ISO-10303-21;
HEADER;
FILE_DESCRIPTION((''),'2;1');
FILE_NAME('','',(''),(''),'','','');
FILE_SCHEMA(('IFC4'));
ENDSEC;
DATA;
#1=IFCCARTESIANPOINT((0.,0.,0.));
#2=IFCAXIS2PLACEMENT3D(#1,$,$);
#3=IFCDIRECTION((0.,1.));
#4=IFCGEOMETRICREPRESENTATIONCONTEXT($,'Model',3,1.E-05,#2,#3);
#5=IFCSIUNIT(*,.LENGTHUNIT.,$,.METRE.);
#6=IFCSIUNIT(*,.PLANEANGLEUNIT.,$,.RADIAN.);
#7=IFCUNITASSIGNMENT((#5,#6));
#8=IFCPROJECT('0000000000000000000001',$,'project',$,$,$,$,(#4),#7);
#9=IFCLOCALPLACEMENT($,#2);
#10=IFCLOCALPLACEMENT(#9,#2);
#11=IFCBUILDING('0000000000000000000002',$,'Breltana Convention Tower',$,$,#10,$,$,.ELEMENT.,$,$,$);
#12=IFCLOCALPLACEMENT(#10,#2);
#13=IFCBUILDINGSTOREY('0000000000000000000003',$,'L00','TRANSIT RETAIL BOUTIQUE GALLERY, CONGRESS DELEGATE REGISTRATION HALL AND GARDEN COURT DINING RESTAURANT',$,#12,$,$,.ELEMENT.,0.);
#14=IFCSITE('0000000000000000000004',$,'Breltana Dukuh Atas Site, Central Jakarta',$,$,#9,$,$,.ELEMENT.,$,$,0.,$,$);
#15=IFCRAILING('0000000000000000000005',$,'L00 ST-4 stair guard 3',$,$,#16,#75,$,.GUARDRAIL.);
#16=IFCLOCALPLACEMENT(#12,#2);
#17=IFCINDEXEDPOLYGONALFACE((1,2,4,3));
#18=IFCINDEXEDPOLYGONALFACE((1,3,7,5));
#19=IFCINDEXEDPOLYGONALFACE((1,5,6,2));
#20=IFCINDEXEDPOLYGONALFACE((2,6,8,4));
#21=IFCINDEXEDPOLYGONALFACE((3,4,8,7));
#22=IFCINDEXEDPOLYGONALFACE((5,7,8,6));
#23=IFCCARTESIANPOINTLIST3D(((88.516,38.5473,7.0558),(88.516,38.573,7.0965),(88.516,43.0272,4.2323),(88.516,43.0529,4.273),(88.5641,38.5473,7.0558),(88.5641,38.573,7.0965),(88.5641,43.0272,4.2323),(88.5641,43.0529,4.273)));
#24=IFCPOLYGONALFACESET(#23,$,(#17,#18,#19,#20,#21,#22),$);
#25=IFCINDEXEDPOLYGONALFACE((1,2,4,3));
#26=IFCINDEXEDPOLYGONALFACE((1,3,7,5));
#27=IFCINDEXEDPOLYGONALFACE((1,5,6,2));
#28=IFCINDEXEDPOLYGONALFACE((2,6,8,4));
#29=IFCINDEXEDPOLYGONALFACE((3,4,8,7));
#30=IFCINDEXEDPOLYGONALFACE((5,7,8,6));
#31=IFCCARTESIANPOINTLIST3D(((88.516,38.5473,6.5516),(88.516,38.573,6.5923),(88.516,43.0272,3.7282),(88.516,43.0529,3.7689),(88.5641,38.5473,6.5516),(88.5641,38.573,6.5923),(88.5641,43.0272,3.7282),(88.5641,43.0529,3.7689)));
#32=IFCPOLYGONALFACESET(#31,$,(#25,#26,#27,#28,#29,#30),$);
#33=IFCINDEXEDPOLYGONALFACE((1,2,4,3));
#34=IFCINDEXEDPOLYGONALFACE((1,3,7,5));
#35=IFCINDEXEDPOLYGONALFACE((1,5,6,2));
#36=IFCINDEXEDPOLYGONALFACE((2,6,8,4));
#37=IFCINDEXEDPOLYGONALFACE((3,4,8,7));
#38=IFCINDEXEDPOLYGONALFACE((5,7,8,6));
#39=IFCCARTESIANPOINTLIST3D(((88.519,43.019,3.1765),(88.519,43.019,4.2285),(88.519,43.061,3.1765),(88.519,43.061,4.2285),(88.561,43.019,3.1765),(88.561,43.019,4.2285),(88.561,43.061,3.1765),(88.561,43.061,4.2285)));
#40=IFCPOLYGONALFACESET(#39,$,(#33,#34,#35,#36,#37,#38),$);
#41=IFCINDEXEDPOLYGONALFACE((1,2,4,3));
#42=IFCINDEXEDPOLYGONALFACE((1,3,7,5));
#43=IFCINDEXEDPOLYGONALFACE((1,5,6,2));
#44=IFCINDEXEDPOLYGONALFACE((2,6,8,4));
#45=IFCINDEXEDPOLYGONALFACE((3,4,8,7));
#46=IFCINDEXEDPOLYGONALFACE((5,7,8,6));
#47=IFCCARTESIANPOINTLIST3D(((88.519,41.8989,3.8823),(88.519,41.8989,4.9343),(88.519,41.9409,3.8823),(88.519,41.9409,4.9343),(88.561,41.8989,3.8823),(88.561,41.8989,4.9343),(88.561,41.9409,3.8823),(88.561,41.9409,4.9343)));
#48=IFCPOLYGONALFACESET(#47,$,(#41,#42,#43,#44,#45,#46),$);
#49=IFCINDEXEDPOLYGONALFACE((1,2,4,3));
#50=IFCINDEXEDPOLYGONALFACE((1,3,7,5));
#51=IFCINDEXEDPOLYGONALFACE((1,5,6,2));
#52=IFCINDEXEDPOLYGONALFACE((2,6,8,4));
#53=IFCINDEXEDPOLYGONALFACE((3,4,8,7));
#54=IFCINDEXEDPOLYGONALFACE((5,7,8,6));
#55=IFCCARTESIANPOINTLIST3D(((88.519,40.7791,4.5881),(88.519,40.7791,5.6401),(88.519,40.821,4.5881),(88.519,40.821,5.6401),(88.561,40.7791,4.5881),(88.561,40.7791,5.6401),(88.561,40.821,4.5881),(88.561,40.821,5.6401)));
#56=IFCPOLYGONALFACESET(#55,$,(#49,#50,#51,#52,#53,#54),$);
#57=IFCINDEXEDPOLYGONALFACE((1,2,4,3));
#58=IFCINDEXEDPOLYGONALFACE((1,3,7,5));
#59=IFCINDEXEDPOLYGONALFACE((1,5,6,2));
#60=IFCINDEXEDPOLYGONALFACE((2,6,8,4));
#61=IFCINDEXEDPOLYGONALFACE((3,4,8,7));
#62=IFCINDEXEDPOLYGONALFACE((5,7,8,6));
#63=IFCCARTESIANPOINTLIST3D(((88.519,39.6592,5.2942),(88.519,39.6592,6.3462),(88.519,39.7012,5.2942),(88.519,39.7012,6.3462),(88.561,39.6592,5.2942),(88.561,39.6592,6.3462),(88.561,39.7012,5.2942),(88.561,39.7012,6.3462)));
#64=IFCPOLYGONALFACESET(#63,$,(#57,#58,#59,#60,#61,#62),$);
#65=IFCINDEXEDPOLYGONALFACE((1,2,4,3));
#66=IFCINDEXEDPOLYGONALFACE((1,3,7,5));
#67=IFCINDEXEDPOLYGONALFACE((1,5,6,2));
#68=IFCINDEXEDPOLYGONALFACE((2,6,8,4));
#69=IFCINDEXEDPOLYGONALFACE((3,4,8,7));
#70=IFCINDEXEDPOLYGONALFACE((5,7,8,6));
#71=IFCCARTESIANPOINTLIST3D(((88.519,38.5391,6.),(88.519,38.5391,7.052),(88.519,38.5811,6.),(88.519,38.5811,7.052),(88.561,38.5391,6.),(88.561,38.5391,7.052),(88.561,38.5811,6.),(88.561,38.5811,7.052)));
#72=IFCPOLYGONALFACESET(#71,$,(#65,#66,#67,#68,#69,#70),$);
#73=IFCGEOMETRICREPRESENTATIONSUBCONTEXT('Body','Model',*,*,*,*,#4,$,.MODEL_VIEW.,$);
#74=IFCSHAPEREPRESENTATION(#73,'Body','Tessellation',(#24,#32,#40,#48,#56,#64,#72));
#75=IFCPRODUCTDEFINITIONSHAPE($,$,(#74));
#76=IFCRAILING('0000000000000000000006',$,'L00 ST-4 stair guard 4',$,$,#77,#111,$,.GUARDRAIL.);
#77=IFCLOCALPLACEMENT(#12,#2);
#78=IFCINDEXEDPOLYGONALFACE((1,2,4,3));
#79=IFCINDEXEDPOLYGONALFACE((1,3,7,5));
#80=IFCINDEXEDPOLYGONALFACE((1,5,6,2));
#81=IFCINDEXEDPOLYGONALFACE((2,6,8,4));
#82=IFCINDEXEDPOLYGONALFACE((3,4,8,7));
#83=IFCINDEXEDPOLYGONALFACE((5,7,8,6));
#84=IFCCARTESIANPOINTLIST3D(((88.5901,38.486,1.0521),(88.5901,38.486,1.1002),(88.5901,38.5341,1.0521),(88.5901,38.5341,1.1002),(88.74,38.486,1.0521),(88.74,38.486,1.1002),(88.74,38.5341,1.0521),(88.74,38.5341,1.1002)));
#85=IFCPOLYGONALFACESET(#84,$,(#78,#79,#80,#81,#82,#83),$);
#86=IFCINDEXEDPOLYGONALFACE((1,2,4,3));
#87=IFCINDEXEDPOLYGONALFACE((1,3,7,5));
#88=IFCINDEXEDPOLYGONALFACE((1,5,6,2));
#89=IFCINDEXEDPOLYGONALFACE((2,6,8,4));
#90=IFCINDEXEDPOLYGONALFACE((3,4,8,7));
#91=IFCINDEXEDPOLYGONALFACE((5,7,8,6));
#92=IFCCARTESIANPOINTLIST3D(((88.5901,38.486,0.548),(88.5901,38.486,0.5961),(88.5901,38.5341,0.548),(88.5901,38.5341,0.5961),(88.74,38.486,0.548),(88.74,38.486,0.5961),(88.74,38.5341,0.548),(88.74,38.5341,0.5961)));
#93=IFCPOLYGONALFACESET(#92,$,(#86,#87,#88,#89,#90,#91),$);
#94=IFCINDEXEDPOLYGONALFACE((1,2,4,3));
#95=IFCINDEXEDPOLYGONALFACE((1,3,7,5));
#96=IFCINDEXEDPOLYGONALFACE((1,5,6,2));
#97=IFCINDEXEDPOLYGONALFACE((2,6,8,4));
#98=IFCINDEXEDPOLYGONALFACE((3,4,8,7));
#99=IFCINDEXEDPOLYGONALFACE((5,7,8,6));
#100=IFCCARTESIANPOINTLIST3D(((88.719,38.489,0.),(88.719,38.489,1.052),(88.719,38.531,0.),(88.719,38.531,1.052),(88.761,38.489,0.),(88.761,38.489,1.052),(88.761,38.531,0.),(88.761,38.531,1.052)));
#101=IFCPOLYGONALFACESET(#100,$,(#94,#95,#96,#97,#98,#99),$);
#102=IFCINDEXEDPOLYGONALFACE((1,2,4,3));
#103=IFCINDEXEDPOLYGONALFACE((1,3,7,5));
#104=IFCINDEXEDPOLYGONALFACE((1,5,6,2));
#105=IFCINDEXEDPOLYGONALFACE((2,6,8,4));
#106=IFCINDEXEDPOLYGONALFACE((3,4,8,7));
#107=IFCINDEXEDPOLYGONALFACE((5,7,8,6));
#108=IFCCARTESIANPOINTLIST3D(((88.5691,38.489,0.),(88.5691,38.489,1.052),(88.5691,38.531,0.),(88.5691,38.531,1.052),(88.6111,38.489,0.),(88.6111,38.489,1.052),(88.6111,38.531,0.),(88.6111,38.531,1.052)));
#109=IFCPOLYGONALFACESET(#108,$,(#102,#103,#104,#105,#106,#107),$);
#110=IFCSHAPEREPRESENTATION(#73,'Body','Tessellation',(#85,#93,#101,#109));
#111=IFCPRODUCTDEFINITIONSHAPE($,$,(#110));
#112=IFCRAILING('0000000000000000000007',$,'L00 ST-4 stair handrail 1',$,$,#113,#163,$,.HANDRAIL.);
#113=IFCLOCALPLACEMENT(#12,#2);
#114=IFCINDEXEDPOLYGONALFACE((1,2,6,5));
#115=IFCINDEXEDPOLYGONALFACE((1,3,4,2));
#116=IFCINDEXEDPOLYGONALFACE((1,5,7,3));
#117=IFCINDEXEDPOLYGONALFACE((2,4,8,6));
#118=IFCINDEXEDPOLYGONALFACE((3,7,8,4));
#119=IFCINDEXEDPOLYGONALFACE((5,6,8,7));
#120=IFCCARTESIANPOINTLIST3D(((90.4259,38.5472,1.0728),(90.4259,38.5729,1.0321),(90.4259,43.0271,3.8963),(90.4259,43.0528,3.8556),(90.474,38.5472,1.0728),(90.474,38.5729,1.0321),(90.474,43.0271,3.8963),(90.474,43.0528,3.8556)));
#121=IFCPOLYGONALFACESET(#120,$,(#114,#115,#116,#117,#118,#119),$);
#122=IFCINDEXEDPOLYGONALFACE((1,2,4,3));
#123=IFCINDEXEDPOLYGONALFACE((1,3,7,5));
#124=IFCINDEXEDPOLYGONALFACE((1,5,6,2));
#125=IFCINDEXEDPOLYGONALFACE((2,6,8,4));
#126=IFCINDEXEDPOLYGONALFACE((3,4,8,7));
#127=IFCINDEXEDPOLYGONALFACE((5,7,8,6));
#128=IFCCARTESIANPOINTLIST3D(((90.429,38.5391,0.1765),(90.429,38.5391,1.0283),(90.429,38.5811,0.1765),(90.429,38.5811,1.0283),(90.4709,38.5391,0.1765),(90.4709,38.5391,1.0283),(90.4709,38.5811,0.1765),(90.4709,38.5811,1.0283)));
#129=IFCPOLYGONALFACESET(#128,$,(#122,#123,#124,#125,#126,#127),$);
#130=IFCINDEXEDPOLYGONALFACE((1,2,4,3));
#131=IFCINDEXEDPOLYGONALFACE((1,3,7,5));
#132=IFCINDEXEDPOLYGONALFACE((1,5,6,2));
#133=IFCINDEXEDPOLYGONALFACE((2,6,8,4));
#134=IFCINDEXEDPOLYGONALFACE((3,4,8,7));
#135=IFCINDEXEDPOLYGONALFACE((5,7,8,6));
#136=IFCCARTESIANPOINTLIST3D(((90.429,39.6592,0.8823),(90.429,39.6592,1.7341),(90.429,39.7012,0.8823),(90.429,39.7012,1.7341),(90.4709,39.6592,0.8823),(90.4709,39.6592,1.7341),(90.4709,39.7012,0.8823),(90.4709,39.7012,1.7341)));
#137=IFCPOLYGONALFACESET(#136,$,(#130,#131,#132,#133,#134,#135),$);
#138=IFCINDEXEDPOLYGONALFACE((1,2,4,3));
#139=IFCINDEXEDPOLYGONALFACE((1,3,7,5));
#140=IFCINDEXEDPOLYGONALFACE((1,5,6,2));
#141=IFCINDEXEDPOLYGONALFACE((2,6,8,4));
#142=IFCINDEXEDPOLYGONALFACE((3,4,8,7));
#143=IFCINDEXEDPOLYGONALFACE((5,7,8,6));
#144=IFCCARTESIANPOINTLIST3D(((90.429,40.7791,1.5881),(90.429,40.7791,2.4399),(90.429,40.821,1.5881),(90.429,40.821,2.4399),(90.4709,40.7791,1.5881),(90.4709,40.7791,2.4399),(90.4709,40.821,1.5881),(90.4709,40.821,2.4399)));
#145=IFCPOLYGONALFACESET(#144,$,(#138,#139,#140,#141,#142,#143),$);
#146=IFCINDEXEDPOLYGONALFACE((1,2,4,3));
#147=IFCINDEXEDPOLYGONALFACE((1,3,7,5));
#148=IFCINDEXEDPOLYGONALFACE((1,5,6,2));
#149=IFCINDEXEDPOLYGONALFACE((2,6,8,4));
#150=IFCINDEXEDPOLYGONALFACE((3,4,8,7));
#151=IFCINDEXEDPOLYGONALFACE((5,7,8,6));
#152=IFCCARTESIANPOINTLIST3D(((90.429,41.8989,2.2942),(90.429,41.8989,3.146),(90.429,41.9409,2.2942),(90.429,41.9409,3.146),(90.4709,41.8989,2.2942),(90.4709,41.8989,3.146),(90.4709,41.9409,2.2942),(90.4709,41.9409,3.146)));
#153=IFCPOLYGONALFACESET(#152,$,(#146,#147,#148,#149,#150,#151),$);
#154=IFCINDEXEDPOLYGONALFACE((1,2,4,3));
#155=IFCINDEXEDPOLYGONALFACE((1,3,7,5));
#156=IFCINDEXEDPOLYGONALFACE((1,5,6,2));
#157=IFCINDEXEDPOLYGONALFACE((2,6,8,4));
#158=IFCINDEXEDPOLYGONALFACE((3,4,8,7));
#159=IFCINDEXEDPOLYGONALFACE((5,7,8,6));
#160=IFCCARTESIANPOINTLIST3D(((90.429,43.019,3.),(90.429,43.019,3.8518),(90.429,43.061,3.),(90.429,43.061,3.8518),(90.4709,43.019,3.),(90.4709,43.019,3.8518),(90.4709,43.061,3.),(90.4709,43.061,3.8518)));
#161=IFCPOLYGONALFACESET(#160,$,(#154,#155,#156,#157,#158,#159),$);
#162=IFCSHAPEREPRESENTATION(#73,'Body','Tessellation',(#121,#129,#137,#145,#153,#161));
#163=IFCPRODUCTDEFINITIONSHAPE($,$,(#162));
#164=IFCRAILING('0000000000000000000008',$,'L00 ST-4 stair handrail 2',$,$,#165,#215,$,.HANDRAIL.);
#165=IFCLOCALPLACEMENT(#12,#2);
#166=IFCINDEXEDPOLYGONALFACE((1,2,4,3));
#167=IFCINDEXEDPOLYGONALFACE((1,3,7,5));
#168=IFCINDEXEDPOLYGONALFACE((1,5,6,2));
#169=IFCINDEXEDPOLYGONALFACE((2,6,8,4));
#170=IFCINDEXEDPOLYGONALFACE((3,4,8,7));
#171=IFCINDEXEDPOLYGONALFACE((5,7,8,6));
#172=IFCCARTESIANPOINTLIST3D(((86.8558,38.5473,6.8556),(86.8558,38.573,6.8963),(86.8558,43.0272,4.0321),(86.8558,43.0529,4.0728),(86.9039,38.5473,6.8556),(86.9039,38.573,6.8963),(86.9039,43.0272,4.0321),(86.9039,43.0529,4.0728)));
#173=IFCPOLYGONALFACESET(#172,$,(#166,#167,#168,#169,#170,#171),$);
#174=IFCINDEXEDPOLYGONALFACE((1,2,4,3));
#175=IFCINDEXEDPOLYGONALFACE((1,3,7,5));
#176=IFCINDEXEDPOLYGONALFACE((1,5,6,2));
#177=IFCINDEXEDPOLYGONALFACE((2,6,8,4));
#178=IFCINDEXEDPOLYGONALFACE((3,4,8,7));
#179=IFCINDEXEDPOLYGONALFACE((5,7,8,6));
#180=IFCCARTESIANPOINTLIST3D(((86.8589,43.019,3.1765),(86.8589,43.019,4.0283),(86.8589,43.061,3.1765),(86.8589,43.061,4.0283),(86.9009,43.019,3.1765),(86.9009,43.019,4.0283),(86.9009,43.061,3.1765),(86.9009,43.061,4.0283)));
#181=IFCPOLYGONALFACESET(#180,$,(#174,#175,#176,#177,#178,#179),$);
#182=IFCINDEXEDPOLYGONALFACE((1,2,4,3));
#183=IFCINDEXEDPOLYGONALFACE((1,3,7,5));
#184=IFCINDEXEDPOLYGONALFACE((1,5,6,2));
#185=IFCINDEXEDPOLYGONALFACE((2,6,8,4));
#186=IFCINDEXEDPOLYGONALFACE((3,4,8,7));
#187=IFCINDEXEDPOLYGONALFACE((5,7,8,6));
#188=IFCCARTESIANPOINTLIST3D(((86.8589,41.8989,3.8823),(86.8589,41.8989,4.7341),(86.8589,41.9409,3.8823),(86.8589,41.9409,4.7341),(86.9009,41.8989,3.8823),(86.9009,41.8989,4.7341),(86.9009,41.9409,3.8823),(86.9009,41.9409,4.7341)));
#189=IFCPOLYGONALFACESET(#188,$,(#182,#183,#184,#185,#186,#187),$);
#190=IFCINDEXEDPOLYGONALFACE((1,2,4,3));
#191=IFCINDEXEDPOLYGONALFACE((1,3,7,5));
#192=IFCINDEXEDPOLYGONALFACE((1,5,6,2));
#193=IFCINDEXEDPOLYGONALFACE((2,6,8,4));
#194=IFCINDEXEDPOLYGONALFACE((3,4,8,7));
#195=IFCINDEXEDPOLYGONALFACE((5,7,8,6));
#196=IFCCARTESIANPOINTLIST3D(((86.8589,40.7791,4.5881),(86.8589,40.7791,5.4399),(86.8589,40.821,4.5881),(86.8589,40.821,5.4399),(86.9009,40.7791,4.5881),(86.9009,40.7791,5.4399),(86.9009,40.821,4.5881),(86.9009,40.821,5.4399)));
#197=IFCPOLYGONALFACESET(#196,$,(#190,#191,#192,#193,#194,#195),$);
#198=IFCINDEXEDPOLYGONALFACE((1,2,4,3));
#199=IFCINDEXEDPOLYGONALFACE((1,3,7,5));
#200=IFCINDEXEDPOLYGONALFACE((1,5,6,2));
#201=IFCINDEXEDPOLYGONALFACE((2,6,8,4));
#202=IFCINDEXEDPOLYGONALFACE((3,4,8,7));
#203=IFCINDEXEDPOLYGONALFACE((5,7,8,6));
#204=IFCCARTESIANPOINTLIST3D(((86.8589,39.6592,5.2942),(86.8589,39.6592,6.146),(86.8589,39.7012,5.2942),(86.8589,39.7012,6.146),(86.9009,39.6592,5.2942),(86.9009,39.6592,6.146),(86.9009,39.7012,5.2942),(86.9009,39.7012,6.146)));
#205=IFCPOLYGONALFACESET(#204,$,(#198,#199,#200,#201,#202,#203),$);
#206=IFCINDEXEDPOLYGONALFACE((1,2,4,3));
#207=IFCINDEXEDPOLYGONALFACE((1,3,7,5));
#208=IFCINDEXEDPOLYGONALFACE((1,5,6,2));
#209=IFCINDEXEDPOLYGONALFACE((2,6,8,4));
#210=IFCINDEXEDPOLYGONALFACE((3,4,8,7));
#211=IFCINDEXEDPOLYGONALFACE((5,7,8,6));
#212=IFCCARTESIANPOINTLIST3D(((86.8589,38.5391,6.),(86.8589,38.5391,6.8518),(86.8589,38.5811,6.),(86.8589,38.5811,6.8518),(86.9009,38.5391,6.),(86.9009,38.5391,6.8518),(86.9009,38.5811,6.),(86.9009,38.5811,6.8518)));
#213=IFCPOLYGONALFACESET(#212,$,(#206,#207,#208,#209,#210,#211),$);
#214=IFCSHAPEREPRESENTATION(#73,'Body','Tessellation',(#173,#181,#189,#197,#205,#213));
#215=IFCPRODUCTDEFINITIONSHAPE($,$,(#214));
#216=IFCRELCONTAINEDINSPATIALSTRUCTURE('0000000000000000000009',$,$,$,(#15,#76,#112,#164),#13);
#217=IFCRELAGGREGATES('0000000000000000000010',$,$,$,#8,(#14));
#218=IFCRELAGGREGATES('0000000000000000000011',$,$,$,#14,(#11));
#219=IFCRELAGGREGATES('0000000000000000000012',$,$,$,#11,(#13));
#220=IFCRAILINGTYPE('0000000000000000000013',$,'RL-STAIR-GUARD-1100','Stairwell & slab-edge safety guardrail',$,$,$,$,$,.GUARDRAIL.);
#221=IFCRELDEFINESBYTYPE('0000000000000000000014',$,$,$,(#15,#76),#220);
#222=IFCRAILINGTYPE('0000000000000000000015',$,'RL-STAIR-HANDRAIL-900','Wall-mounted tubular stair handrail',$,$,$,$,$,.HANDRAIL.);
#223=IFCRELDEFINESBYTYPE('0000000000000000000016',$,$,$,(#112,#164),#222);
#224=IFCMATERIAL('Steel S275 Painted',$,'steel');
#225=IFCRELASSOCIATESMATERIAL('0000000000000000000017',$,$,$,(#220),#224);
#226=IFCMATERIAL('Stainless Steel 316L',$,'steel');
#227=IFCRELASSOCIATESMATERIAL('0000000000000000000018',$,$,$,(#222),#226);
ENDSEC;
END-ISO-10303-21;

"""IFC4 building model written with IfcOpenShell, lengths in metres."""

from ifc_helpers import new_model, si_unit, direction, frame, origin, origin_2d, place, context, subcontext, project, spatial, rectangle, extrude, material, type_object, element, save


model = new_model("IFC4")

# Units and contexts
model_context = context("Model", 3, precision=1e-05, world=origin(), true_north=direction((0.0, 1.0)))
body_context = subcontext(model_context, "Body", "Model", "MODEL_VIEW")
ifc_project = project(units=[si_unit("LENGTHUNIT", "METRE"), si_unit("PLANEANGLEUNIT", "RADIAN")], contexts=[model_context])

# Site, building, storey
site_placement = place(None, origin())
site = spatial("IfcSite", under=ifc_project, at=site_placement, Name="Breltana Dukuh Atas Site, Central Jakarta", CompositionType="ELEMENT", RefElevation=0.0)
building_placement = place(site_placement, origin())
building = spatial("IfcBuilding", under=site, at=building_placement, Name="Breltana Convention Tower", CompositionType="ELEMENT")
storey_placement = place(building_placement, origin())
storey = spatial("IfcBuildingStorey", under=building, at=storey_placement, Name="L00", Description="TRANSIT RETAIL BOUTIQUE GALLERY, CONGRESS DELEGATE REGISTRATION HALL AND GARDEN COURT DINING RESTAURANT", CompositionType="ELEMENT", Elevation=0.0)

# Railings
ifc_material_1 = material(Name="Steel S275 Painted", Category="steel")
railing_type_1 = type_object("IfcRailingType", Name="RL-STAIR-GUARD-1100", Description="Stairwell & slab-edge safety guardrail", PredefinedType="GUARDRAIL", material=ifc_material_1)
railing_1_placement = place(storey_placement, frame((88.54, 43.04, 3.1765)))
element("IfcRailing", 1, at=railing_1_placement, inside=storey, type_object=railing_type_1, Name="L00 ST-4 stair guard 3", PredefinedType="GUARDRAIL", context=body_context, shape_type="SweptSolid", body=[
    extrude(rectangle(XDim=0.0481, YDim=0.0481, at=origin_2d()), frame((0.0, 0.0, 1.0762), z_axis=(0.0, -0.845998, 0.533186), x_axis=(1.0, 0.0, 0.0)), (0.0, 0.0, 1.0), 5.2954),
    extrude(rectangle(XDim=0.0481, YDim=0.0481, at=origin_2d()), frame((0.0, 0.0, 0.572), z_axis=(0.0, -0.845998, 0.533186), x_axis=(1.0, 0.0, 0.0)), (0.0, 0.0, 1.0), 5.2954),
    extrude(rectangle(XDim=0.042, YDim=0.042, at=origin_2d()), origin(), (0.0, 0.0, 1.0), 1.052),
    extrude(rectangle(XDim=0.042, YDim=0.042, at=origin_2d()), frame((0.0, -1.1201, 0.7058)), (0.0, 0.0, 1.0), 1.052),
    extrude(rectangle(XDim=0.042, YDim=0.042, at=origin_2d()), frame((0.0, -2.24, 1.4116)), (0.0, 0.0, 1.0), 1.052),
    extrude(rectangle(XDim=0.042, YDim=0.042, at=origin_2d()), frame((0.0, -3.3599, 2.1177)), (0.0, 0.0, 1.0), 1.052),
    extrude(rectangle(XDim=0.042, YDim=0.042, at=origin_2d()), frame((0.0, -4.48, 2.8235)), (0.0, 0.0, 1.0), 1.052),
])
railing_2_placement = place(storey_placement, frame((88.74, 38.51, 0.0)))
element("IfcRailing", 2, at=railing_2_placement, inside=storey, type_object=railing_type_1, Name="L00 ST-4 stair guard 4", PredefinedType="GUARDRAIL", context=body_context, shape_type="SweptSolid", body=[
    extrude(rectangle(XDim=0.0481, YDim=0.0481, at=origin_2d()), frame((0.0, 0.0, 1.0762), z_axis=(-1.0, 0.0, 0.0), x_axis=(0.0, -1.0, 0.0)), (0.0, 0.0, 1.0), 0.1499),
    extrude(rectangle(XDim=0.0481, YDim=0.0481, at=origin_2d()), frame((0.0, 0.0, 0.572), z_axis=(-1.0, 0.0, 0.0), x_axis=(0.0, -1.0, 0.0)), (0.0, 0.0, 1.0), 0.1499),
    extrude(rectangle(XDim=0.042, YDim=0.042, at=origin_2d()), origin(), (0.0, 0.0, 1.0), 1.052),
    extrude(rectangle(XDim=0.042, YDim=0.042, at=origin_2d()), frame((-0.1499, 0.0, 0.0)), (0.0, 0.0, 1.0), 1.052),
])
ifc_material_2 = material(Name="Stainless Steel 316L", Category="steel")
railing_type_2 = type_object("IfcRailingType", Name="RL-STAIR-HANDRAIL-900", Description="Wall-mounted tubular stair handrail", PredefinedType="HANDRAIL", material=ifc_material_2)
railing_3_placement = place(storey_placement, frame((90.45, 38.5601, 0.1765)))
element("IfcRailing", 3, at=railing_3_placement, inside=storey, type_object=railing_type_2, Name="L00 ST-4 stair handrail 1", PredefinedType="HANDRAIL", context=body_context, shape_type="SweptSolid", body=[
    extrude(rectangle(XDim=0.0481, YDim=0.0481, at=origin_2d()), frame((0.0, 0.0, 0.876), z_axis=(0.0, 0.845998, 0.533186), x_axis=(-1.0, 0.0, 0.0)), (0.0, 0.0, 1.0), 5.2954),
    extrude(rectangle(XDim=0.042, YDim=0.042, at=origin_2d()), origin(), (0.0, 0.0, 1.0), 0.8518),
    extrude(rectangle(XDim=0.042, YDim=0.042, at=origin_2d()), frame((0.0, 1.1201, 0.7058)), (0.0, 0.0, 1.0), 0.8518),
    extrude(rectangle(XDim=0.042, YDim=0.042, at=origin_2d()), frame((0.0, 2.24, 1.4116)), (0.0, 0.0, 1.0), 0.8518),
    extrude(rectangle(XDim=0.042, YDim=0.042, at=origin_2d()), frame((0.0, 3.3599, 2.1177)), (0.0, 0.0, 1.0), 0.8518),
    extrude(rectangle(XDim=0.042, YDim=0.042, at=origin_2d()), frame((0.0, 4.48, 2.8235)), (0.0, 0.0, 1.0), 0.8518),
])
railing_4_placement = place(storey_placement, frame((86.8799, 43.04, 3.1765)))
element("IfcRailing", 4, at=railing_4_placement, inside=storey, type_object=railing_type_2, Name="L00 ST-4 stair handrail 2", PredefinedType="HANDRAIL", context=body_context, shape_type="SweptSolid", body=[
    extrude(rectangle(XDim=0.0481, YDim=0.0481, at=origin_2d()), frame((0.0, 0.0, 0.876), z_axis=(0.0, -0.845998, 0.533186), x_axis=(1.0, 0.0, 0.0)), (0.0, 0.0, 1.0), 5.2954),
    extrude(rectangle(XDim=0.042, YDim=0.042, at=origin_2d()), origin(), (0.0, 0.0, 1.0), 0.8518),
    extrude(rectangle(XDim=0.042, YDim=0.042, at=origin_2d()), frame((0.0, -1.1201, 0.7058)), (0.0, 0.0, 1.0), 0.8518),
    extrude(rectangle(XDim=0.042, YDim=0.042, at=origin_2d()), frame((0.0, -2.24, 1.4116)), (0.0, 0.0, 1.0), 0.8518),
    extrude(rectangle(XDim=0.042, YDim=0.042, at=origin_2d()), frame((0.0, -3.3599, 2.1177)), (0.0, 0.0, 1.0), 0.8518),
    extrude(rectangle(XDim=0.042, YDim=0.042, at=origin_2d()), frame((0.0, -4.48, 2.8235)), (0.0, 0.0, 1.0), 0.8518),
])

save(model, "model.ifc")
